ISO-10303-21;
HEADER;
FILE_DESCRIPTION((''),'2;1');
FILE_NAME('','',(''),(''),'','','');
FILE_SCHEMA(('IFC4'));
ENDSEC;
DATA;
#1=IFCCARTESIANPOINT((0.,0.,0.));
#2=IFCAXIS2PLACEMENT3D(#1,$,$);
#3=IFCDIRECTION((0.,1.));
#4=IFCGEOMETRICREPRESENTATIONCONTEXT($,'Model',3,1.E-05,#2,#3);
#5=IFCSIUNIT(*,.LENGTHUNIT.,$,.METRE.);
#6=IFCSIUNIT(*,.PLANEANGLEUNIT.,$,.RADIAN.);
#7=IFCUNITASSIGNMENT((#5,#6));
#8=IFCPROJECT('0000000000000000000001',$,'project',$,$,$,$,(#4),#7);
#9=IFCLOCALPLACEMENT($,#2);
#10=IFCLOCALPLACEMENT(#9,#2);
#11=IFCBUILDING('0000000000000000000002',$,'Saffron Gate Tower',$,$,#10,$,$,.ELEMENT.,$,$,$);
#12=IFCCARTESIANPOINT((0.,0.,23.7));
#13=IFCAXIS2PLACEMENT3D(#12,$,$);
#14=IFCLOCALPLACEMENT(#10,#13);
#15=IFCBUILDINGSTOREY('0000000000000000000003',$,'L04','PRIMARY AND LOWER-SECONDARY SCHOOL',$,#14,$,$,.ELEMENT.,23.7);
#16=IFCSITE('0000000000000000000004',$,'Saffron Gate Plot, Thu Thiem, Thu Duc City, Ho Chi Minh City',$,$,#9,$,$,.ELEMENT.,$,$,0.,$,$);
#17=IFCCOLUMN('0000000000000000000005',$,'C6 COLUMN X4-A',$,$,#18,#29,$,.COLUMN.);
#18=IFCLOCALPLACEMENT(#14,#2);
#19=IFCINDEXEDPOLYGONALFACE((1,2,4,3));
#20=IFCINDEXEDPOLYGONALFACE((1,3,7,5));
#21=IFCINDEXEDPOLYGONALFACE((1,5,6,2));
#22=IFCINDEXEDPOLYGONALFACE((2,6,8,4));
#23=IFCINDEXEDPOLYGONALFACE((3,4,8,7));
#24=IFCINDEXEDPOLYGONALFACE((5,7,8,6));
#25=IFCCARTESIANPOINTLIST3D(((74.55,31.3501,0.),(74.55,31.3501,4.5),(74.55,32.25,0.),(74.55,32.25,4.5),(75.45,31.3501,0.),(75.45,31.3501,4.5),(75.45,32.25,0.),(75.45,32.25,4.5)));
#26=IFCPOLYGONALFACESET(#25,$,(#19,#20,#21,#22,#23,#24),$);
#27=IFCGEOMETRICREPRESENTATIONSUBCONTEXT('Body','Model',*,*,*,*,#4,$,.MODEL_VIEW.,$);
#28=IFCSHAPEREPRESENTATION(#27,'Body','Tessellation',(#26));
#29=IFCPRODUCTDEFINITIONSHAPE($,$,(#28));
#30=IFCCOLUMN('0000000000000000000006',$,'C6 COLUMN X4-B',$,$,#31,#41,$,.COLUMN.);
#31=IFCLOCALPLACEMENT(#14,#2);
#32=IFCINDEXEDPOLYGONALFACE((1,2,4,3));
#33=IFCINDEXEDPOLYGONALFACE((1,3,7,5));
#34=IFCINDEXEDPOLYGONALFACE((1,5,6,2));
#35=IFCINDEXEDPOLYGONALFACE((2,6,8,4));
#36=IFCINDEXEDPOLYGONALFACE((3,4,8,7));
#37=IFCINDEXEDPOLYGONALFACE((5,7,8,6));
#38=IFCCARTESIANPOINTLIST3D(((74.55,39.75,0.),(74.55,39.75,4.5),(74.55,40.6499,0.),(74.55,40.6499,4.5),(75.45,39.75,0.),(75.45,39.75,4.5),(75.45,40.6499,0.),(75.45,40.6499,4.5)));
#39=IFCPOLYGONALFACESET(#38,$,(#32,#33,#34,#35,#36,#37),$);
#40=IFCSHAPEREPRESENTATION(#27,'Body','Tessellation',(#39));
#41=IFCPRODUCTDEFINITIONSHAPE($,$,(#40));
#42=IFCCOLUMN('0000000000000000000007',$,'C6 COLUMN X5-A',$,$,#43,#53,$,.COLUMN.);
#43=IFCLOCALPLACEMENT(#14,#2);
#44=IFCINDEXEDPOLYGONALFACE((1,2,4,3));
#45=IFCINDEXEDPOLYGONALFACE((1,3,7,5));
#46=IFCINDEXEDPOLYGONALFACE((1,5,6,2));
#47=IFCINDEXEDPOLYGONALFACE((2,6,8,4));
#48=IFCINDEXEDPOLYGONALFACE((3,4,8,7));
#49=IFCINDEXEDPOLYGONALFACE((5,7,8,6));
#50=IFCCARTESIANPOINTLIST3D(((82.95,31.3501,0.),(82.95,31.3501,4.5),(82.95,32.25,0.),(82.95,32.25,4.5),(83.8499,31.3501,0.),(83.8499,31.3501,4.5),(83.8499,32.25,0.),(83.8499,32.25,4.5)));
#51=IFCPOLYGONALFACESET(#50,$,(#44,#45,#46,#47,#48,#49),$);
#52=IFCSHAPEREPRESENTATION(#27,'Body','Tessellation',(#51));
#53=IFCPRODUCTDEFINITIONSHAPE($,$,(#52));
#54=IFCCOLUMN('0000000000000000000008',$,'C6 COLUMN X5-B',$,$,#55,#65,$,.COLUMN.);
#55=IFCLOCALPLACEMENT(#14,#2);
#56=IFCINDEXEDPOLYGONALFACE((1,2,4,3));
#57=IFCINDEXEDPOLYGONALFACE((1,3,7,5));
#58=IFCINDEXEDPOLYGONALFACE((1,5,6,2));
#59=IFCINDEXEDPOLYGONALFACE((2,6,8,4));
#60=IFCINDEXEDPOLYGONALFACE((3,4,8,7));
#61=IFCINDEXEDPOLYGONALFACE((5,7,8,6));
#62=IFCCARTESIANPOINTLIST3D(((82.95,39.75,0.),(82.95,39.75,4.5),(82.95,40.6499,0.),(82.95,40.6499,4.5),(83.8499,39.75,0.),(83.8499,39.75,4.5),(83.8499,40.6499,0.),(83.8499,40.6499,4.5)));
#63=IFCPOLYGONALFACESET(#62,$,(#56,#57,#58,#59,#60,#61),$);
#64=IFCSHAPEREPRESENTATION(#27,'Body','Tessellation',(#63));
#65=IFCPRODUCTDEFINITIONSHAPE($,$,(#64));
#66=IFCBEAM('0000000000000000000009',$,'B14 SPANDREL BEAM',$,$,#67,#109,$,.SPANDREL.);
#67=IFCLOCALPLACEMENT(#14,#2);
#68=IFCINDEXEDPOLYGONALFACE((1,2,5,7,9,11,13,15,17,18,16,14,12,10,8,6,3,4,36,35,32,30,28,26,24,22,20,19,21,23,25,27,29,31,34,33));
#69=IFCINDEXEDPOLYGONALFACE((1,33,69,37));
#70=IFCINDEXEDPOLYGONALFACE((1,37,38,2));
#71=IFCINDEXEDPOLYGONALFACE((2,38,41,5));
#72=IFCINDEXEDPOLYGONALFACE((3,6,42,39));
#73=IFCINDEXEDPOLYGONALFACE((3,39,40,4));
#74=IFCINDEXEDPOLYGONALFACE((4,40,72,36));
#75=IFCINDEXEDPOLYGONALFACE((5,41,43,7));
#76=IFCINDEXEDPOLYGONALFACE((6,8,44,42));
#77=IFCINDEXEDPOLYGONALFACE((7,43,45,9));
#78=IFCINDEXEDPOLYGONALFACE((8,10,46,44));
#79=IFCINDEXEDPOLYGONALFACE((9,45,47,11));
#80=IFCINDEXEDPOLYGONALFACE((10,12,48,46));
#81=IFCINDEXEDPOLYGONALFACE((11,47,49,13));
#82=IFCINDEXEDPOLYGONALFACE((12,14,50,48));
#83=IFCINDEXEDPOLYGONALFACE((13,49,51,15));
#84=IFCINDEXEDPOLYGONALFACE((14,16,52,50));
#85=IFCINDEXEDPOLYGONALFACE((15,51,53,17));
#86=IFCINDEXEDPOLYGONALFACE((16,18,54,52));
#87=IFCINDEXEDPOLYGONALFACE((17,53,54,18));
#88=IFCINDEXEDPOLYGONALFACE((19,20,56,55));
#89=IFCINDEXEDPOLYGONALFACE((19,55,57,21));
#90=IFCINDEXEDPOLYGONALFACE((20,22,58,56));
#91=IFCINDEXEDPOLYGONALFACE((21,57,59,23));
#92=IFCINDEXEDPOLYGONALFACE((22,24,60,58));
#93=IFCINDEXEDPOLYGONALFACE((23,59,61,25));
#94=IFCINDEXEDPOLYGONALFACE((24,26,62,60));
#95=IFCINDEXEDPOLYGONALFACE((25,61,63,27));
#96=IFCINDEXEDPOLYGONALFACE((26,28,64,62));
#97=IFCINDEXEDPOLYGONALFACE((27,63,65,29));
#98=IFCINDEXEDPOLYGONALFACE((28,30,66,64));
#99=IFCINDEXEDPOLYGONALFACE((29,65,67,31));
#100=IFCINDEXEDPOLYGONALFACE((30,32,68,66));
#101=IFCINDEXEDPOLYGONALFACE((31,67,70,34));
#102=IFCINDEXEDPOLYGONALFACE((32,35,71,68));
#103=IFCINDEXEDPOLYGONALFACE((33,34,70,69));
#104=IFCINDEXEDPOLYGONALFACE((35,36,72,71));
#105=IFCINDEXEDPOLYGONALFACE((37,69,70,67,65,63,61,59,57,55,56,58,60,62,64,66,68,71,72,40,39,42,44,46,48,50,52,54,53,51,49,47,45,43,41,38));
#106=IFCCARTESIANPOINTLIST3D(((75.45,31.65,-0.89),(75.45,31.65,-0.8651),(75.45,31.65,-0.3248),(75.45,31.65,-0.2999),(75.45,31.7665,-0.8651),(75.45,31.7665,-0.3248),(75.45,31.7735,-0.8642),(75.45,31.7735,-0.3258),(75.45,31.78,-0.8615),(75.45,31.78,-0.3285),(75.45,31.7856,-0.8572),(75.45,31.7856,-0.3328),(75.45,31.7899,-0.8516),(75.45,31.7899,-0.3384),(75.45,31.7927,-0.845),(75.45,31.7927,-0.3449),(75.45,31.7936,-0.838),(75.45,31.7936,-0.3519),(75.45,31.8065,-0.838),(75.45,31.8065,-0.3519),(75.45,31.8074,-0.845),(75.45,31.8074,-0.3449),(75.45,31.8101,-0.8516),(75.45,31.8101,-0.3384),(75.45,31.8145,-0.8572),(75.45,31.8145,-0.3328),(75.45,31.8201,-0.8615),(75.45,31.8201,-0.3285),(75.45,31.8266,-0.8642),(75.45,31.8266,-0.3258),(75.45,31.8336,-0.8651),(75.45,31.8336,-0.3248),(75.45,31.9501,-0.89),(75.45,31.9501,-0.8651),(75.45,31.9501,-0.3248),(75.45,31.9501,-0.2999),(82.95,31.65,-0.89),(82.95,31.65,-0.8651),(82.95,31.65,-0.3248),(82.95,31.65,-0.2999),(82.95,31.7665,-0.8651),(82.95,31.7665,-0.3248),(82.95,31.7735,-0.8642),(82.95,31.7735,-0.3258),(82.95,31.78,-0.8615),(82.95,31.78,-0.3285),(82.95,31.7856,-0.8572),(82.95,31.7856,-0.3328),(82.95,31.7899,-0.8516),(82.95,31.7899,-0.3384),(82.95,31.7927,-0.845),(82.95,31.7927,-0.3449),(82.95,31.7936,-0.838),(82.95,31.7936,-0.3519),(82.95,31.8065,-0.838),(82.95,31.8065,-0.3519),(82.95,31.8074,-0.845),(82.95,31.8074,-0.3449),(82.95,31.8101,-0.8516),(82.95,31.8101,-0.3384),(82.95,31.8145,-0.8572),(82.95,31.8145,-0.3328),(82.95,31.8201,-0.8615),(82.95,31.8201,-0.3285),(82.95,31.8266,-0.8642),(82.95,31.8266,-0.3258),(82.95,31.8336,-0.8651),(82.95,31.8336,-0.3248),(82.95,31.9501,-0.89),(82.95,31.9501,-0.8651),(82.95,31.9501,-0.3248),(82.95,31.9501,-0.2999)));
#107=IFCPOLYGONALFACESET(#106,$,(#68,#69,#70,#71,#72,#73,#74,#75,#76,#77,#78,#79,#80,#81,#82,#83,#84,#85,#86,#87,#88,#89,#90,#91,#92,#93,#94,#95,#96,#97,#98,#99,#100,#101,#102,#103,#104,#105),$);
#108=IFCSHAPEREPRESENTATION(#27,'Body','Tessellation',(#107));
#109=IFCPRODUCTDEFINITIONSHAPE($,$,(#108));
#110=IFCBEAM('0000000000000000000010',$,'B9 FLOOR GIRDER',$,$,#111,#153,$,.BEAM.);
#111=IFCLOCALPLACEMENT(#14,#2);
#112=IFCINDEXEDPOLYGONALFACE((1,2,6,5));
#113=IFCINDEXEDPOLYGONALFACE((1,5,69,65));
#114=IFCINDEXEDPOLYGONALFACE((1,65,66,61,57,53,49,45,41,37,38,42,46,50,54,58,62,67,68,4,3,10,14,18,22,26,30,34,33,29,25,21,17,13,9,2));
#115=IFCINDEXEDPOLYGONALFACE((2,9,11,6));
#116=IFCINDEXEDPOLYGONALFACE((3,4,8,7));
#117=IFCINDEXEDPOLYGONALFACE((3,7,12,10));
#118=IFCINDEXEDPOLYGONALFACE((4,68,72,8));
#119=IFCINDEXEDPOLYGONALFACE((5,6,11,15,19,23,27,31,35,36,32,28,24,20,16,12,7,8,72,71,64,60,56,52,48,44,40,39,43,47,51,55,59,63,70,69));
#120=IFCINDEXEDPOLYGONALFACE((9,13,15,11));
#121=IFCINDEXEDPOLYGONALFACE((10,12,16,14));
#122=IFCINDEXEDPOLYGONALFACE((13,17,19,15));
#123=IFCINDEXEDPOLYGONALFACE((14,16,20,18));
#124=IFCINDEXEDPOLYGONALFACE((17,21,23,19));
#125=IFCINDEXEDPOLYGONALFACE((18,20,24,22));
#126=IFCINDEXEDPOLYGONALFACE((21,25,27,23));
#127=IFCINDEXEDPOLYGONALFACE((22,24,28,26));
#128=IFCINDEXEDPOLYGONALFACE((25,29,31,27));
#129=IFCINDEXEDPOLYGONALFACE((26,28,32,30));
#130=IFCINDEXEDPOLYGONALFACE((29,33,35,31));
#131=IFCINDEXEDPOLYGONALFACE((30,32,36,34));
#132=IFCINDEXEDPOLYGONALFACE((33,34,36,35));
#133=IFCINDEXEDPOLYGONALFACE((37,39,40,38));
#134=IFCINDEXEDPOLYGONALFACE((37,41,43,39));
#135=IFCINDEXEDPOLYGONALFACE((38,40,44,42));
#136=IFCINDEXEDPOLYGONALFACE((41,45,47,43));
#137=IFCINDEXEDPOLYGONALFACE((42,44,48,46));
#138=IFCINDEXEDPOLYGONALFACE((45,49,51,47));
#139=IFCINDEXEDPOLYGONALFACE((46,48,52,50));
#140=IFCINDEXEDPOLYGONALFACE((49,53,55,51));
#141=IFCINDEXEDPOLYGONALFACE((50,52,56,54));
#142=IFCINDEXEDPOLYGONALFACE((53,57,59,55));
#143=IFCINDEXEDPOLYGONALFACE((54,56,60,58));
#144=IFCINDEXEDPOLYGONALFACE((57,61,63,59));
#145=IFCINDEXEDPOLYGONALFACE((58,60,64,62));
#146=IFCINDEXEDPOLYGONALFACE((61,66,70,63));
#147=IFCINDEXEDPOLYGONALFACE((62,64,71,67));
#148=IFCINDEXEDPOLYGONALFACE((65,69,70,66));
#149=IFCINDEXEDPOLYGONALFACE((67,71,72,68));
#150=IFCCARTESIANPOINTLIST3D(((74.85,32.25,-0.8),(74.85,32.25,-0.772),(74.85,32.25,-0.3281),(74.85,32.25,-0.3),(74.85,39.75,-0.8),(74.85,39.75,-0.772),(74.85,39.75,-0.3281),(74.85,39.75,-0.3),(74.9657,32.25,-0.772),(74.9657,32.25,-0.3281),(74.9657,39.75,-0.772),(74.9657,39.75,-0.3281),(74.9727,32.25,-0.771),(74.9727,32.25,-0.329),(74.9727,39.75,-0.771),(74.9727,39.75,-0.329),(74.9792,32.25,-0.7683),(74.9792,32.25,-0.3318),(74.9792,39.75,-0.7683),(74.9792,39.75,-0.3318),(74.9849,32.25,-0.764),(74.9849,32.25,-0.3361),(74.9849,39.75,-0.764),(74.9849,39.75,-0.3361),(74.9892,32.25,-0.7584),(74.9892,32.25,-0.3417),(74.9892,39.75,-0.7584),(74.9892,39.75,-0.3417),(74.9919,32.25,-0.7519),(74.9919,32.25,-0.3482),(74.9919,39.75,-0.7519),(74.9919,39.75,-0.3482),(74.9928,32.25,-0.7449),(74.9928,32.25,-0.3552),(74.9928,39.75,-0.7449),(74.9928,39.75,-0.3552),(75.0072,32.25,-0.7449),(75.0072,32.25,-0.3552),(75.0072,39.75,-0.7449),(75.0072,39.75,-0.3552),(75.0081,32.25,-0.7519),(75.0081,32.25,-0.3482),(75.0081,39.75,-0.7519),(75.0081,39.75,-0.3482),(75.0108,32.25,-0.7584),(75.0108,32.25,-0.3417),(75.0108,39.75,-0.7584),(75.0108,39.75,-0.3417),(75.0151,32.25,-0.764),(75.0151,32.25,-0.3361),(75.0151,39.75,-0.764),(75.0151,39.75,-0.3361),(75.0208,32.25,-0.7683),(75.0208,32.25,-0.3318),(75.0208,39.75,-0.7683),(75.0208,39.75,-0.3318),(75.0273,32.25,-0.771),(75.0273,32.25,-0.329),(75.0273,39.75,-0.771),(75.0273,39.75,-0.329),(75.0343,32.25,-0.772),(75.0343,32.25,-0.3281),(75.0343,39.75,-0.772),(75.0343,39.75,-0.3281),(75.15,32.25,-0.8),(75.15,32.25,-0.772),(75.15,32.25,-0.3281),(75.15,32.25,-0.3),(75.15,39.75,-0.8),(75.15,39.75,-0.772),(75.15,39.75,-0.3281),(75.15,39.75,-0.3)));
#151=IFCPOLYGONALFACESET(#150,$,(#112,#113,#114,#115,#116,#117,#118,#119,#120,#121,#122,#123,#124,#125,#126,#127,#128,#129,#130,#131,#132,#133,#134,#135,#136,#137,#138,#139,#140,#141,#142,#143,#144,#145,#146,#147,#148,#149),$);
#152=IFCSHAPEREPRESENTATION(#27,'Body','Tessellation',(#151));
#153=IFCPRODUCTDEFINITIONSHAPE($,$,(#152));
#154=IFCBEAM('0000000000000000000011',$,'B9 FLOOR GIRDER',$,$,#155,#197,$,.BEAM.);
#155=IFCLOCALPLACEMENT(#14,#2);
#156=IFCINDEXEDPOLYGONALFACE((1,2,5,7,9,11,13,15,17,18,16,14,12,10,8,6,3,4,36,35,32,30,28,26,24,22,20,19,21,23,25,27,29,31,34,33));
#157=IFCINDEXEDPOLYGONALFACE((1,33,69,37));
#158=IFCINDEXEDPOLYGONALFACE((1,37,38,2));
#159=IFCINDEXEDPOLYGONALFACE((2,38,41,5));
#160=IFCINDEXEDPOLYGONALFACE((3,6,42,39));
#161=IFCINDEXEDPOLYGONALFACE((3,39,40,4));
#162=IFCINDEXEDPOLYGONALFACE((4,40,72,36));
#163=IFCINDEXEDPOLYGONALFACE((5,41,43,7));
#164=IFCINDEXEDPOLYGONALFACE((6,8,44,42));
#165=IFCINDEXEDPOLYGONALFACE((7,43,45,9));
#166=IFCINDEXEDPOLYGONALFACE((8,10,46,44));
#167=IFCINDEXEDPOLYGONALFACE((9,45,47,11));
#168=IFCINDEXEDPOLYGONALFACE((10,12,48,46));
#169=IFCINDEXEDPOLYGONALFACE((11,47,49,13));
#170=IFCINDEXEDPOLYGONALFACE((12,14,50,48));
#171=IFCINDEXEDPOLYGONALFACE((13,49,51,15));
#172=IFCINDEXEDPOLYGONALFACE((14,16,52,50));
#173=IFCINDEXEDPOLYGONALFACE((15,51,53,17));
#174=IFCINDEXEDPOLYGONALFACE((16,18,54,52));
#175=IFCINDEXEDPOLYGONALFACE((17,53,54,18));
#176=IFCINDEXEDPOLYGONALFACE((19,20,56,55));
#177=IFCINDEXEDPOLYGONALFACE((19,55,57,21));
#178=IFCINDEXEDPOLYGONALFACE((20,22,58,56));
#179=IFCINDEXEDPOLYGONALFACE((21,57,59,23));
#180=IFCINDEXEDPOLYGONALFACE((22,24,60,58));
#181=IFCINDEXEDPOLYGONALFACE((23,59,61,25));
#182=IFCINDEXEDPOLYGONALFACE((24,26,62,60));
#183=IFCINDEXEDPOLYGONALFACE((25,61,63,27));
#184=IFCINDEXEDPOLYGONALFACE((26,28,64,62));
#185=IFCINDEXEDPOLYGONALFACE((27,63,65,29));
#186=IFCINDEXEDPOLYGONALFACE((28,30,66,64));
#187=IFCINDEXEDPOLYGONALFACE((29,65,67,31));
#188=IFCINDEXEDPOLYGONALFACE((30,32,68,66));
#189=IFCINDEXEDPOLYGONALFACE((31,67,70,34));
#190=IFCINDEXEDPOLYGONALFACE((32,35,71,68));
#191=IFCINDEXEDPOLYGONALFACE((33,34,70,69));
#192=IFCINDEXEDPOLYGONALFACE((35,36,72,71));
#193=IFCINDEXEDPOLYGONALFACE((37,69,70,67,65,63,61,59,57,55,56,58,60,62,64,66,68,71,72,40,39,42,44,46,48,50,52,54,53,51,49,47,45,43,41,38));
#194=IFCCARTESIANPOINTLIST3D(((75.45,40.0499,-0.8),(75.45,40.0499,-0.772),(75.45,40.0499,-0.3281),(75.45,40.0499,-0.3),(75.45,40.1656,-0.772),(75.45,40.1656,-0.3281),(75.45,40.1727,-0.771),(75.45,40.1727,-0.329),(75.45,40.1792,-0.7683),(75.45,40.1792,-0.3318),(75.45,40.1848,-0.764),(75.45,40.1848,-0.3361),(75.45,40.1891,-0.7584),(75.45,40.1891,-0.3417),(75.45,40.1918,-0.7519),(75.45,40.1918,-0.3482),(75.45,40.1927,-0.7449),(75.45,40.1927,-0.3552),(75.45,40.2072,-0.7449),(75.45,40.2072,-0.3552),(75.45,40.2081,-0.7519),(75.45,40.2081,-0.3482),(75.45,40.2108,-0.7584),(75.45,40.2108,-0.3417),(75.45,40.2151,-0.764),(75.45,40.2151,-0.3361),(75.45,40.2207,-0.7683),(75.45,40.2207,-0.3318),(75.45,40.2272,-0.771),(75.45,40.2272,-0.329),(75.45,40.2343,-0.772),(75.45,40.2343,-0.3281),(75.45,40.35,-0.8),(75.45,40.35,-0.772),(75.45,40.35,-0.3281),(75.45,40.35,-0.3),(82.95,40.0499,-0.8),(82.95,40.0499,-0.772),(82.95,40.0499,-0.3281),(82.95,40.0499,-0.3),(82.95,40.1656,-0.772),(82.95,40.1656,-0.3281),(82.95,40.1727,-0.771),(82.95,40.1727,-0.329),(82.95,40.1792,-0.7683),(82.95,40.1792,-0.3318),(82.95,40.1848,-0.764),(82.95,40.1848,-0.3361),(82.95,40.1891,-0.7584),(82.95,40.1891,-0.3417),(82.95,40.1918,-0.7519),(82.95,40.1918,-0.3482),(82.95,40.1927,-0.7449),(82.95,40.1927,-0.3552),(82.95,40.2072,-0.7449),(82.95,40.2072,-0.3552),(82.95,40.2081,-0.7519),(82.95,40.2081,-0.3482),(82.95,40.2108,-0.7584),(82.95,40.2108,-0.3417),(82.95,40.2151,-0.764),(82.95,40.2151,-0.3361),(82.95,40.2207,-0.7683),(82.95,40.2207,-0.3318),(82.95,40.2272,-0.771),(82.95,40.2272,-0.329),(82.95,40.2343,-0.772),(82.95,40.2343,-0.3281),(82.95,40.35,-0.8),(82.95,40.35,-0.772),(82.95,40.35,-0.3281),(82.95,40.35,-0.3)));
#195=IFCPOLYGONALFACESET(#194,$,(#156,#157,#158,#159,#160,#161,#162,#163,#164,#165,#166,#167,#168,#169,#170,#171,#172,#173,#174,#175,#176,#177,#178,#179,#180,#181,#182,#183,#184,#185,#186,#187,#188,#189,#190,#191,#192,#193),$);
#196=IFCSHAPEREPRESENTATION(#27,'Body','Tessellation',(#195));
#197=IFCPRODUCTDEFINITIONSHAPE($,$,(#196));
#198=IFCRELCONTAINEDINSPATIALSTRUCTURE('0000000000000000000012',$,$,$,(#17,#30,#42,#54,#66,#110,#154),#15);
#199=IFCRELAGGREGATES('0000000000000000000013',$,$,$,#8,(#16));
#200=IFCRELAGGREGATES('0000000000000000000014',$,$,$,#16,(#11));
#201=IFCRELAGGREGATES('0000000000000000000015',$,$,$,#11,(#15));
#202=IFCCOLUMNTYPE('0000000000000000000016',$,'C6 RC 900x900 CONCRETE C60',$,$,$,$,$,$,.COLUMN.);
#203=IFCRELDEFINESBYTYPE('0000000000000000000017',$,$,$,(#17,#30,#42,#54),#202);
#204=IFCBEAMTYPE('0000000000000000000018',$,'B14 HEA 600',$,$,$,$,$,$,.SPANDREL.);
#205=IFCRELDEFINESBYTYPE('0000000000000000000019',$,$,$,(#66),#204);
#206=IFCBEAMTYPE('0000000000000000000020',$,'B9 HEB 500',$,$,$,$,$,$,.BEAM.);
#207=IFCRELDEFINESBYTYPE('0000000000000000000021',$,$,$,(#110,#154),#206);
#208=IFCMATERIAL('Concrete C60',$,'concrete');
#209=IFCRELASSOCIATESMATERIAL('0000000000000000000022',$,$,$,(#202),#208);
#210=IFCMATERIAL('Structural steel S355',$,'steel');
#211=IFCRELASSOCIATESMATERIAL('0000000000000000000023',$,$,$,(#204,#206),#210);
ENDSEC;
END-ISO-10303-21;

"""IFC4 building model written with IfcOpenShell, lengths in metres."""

from ifc_helpers import new_model, si_unit, direction, frame, origin, origin_2d, place, context, subcontext, project, spatial, rectangle, i_section, extrude, material, material_profile, profile_set, type_object, element, save


model = new_model("IFC4")

# Units and contexts
model_context = context("Model", 3, precision=1e-05, world=origin(), true_north=direction((0.0, 1.0)))
body_context = subcontext(model_context, "Body", "Model", "MODEL_VIEW")
ifc_project = project(units=[si_unit("LENGTHUNIT", "METRE"), si_unit("PLANEANGLEUNIT", "RADIAN")], contexts=[model_context])

# Site, building, storey
site_placement = place(None, origin())
site = spatial("IfcSite", under=ifc_project, at=site_placement, Name="Saffron Gate Plot, Thu Thiem, Thu Duc City, Ho Chi Minh City", CompositionType="ELEMENT", RefElevation=0.0)
building_placement = place(site_placement, origin())
building = spatial("IfcBuilding", under=site, at=building_placement, Name="Saffron Gate Tower", CompositionType="ELEMENT")
storey_placement = place(building_placement, frame((0.0, 0.0, 23.7)))
storey = spatial("IfcBuildingStorey", under=building, at=storey_placement, Name="L04", Description="PRIMARY AND LOWER-SECONDARY SCHOOL", CompositionType="ELEMENT", Elevation=23.7)

# Columns
ifc_material_1 = material(Name="Concrete C60", Category="concrete")
ifc_material_profile_1 = material_profile(ifc_material_1, rectangle(XDim=0.8999, YDim=0.8999, at=origin_2d()))
ifc_profile_set_1 = profile_set([ifc_material_profile_1], Name="Concrete C60")
column_type = type_object("IfcColumnType", Name="C6 RC 900x900 CONCRETE C60", PredefinedType="COLUMN", material=ifc_profile_set_1)
for number, where, z_axis, x_axis, name in (
    (1, (75.0, 31.8, 0.0), (0.0, 0.0, 1.0), (1.0, 0.0, 0.0), "C6 COLUMN X4-A"),
    (2, (75.0, 40.2, 0.0), (0.0, 0.0, 1.0), (1.0, 0.0, 0.0), "C6 COLUMN X4-B"),
    (3, (83.3999, 31.8, 0.0), (0.0, 0.0, 1.0), (1.0, 0.0, 0.0), "C6 COLUMN X5-A"),
    (4, (83.3999, 40.2, 0.0), (0.0, 0.0, 1.0), (1.0, 0.0, 0.0), "C6 COLUMN X5-B"),
):
    element("IfcColumn", number, at=place(storey_placement, frame(where, z_axis=z_axis, x_axis=x_axis)), inside=storey, type_object=column_type, Name=name, PredefinedType="COLUMN", context=body_context, shape_type="SweptSolid", body=[
        extrude(rectangle(XDim=0.8999, YDim=0.8999, at=origin_2d()), origin(), (0.0, 0.0, 1.0), 4.5),
    ])

# Beams
ifc_material_2 = material(Name="Structural steel S355", Category="steel")
ifc_material_profile_2 = material_profile(ifc_material_2, i_section(OverallWidth=0.3, OverallDepth=0.5901, WebThickness=0.0129, FlangeThickness=0.0249, FilletRadius=0.0271, at=origin_2d()))
ifc_profile_set_2 = profile_set([ifc_material_profile_2], Name="Structural steel S355")
beam_type_1 = type_object("IfcBeamType", Name="B14 HEA 600", PredefinedType="SPANDREL", material=ifc_profile_set_2)
beam_placement = place(storey_placement, frame((75.45, 31.8, -0.595), z_axis=(1.0, 0.0, 0.0), x_axis=(0.0, 1.0, 0.0)))
element("IfcBeam", 5, at=beam_placement, inside=storey, type_object=beam_type_1, Name="B14 SPANDREL BEAM", PredefinedType="SPANDREL", context=body_context, shape_type="SweptSolid", body=[
    extrude(i_section(OverallWidth=0.3, OverallDepth=0.5901, WebThickness=0.0129, FlangeThickness=0.0249, FilletRadius=0.0271, at=origin_2d()), origin(), (0.0, 0.0, 1.0), 7.5),
])
ifc_material_profile_3 = material_profile(ifc_material_2, i_section(OverallWidth=0.3, OverallDepth=0.5, WebThickness=0.0144, FlangeThickness=0.0281, FilletRadius=0.0271, at=origin_2d()))
ifc_profile_set_3 = profile_set([ifc_material_profile_3], Name="Structural steel S355")
beam_type_2 = type_object("IfcBeamType", Name="B9 HEB 500", PredefinedType="BEAM", material=ifc_profile_set_3)
for number, where, z_axis, x_axis, name in (
    (6, (75.0, 32.25, -0.55), (0.0, 1.0, 0.0), (-1.0, 0.0, 0.0), "B9 FLOOR GIRDER"),
    (7, (75.45, 40.2, -0.55), (1.0, 0.0, 0.0), (0.0, 1.0, 0.0), "B9 FLOOR GIRDER"),
):
    element("IfcBeam", number, at=place(storey_placement, frame(where, z_axis=z_axis, x_axis=x_axis)), inside=storey, type_object=beam_type_2, Name=name, PredefinedType="BEAM", context=body_context, shape_type="SweptSolid", body=[
        extrude(i_section(OverallWidth=0.3, OverallDepth=0.5, WebThickness=0.0144, FlangeThickness=0.0281, FilletRadius=0.0271, at=origin_2d()), origin(), (0.0, 0.0, 1.0), 7.5),
    ])

save(model, "model.ifc")
